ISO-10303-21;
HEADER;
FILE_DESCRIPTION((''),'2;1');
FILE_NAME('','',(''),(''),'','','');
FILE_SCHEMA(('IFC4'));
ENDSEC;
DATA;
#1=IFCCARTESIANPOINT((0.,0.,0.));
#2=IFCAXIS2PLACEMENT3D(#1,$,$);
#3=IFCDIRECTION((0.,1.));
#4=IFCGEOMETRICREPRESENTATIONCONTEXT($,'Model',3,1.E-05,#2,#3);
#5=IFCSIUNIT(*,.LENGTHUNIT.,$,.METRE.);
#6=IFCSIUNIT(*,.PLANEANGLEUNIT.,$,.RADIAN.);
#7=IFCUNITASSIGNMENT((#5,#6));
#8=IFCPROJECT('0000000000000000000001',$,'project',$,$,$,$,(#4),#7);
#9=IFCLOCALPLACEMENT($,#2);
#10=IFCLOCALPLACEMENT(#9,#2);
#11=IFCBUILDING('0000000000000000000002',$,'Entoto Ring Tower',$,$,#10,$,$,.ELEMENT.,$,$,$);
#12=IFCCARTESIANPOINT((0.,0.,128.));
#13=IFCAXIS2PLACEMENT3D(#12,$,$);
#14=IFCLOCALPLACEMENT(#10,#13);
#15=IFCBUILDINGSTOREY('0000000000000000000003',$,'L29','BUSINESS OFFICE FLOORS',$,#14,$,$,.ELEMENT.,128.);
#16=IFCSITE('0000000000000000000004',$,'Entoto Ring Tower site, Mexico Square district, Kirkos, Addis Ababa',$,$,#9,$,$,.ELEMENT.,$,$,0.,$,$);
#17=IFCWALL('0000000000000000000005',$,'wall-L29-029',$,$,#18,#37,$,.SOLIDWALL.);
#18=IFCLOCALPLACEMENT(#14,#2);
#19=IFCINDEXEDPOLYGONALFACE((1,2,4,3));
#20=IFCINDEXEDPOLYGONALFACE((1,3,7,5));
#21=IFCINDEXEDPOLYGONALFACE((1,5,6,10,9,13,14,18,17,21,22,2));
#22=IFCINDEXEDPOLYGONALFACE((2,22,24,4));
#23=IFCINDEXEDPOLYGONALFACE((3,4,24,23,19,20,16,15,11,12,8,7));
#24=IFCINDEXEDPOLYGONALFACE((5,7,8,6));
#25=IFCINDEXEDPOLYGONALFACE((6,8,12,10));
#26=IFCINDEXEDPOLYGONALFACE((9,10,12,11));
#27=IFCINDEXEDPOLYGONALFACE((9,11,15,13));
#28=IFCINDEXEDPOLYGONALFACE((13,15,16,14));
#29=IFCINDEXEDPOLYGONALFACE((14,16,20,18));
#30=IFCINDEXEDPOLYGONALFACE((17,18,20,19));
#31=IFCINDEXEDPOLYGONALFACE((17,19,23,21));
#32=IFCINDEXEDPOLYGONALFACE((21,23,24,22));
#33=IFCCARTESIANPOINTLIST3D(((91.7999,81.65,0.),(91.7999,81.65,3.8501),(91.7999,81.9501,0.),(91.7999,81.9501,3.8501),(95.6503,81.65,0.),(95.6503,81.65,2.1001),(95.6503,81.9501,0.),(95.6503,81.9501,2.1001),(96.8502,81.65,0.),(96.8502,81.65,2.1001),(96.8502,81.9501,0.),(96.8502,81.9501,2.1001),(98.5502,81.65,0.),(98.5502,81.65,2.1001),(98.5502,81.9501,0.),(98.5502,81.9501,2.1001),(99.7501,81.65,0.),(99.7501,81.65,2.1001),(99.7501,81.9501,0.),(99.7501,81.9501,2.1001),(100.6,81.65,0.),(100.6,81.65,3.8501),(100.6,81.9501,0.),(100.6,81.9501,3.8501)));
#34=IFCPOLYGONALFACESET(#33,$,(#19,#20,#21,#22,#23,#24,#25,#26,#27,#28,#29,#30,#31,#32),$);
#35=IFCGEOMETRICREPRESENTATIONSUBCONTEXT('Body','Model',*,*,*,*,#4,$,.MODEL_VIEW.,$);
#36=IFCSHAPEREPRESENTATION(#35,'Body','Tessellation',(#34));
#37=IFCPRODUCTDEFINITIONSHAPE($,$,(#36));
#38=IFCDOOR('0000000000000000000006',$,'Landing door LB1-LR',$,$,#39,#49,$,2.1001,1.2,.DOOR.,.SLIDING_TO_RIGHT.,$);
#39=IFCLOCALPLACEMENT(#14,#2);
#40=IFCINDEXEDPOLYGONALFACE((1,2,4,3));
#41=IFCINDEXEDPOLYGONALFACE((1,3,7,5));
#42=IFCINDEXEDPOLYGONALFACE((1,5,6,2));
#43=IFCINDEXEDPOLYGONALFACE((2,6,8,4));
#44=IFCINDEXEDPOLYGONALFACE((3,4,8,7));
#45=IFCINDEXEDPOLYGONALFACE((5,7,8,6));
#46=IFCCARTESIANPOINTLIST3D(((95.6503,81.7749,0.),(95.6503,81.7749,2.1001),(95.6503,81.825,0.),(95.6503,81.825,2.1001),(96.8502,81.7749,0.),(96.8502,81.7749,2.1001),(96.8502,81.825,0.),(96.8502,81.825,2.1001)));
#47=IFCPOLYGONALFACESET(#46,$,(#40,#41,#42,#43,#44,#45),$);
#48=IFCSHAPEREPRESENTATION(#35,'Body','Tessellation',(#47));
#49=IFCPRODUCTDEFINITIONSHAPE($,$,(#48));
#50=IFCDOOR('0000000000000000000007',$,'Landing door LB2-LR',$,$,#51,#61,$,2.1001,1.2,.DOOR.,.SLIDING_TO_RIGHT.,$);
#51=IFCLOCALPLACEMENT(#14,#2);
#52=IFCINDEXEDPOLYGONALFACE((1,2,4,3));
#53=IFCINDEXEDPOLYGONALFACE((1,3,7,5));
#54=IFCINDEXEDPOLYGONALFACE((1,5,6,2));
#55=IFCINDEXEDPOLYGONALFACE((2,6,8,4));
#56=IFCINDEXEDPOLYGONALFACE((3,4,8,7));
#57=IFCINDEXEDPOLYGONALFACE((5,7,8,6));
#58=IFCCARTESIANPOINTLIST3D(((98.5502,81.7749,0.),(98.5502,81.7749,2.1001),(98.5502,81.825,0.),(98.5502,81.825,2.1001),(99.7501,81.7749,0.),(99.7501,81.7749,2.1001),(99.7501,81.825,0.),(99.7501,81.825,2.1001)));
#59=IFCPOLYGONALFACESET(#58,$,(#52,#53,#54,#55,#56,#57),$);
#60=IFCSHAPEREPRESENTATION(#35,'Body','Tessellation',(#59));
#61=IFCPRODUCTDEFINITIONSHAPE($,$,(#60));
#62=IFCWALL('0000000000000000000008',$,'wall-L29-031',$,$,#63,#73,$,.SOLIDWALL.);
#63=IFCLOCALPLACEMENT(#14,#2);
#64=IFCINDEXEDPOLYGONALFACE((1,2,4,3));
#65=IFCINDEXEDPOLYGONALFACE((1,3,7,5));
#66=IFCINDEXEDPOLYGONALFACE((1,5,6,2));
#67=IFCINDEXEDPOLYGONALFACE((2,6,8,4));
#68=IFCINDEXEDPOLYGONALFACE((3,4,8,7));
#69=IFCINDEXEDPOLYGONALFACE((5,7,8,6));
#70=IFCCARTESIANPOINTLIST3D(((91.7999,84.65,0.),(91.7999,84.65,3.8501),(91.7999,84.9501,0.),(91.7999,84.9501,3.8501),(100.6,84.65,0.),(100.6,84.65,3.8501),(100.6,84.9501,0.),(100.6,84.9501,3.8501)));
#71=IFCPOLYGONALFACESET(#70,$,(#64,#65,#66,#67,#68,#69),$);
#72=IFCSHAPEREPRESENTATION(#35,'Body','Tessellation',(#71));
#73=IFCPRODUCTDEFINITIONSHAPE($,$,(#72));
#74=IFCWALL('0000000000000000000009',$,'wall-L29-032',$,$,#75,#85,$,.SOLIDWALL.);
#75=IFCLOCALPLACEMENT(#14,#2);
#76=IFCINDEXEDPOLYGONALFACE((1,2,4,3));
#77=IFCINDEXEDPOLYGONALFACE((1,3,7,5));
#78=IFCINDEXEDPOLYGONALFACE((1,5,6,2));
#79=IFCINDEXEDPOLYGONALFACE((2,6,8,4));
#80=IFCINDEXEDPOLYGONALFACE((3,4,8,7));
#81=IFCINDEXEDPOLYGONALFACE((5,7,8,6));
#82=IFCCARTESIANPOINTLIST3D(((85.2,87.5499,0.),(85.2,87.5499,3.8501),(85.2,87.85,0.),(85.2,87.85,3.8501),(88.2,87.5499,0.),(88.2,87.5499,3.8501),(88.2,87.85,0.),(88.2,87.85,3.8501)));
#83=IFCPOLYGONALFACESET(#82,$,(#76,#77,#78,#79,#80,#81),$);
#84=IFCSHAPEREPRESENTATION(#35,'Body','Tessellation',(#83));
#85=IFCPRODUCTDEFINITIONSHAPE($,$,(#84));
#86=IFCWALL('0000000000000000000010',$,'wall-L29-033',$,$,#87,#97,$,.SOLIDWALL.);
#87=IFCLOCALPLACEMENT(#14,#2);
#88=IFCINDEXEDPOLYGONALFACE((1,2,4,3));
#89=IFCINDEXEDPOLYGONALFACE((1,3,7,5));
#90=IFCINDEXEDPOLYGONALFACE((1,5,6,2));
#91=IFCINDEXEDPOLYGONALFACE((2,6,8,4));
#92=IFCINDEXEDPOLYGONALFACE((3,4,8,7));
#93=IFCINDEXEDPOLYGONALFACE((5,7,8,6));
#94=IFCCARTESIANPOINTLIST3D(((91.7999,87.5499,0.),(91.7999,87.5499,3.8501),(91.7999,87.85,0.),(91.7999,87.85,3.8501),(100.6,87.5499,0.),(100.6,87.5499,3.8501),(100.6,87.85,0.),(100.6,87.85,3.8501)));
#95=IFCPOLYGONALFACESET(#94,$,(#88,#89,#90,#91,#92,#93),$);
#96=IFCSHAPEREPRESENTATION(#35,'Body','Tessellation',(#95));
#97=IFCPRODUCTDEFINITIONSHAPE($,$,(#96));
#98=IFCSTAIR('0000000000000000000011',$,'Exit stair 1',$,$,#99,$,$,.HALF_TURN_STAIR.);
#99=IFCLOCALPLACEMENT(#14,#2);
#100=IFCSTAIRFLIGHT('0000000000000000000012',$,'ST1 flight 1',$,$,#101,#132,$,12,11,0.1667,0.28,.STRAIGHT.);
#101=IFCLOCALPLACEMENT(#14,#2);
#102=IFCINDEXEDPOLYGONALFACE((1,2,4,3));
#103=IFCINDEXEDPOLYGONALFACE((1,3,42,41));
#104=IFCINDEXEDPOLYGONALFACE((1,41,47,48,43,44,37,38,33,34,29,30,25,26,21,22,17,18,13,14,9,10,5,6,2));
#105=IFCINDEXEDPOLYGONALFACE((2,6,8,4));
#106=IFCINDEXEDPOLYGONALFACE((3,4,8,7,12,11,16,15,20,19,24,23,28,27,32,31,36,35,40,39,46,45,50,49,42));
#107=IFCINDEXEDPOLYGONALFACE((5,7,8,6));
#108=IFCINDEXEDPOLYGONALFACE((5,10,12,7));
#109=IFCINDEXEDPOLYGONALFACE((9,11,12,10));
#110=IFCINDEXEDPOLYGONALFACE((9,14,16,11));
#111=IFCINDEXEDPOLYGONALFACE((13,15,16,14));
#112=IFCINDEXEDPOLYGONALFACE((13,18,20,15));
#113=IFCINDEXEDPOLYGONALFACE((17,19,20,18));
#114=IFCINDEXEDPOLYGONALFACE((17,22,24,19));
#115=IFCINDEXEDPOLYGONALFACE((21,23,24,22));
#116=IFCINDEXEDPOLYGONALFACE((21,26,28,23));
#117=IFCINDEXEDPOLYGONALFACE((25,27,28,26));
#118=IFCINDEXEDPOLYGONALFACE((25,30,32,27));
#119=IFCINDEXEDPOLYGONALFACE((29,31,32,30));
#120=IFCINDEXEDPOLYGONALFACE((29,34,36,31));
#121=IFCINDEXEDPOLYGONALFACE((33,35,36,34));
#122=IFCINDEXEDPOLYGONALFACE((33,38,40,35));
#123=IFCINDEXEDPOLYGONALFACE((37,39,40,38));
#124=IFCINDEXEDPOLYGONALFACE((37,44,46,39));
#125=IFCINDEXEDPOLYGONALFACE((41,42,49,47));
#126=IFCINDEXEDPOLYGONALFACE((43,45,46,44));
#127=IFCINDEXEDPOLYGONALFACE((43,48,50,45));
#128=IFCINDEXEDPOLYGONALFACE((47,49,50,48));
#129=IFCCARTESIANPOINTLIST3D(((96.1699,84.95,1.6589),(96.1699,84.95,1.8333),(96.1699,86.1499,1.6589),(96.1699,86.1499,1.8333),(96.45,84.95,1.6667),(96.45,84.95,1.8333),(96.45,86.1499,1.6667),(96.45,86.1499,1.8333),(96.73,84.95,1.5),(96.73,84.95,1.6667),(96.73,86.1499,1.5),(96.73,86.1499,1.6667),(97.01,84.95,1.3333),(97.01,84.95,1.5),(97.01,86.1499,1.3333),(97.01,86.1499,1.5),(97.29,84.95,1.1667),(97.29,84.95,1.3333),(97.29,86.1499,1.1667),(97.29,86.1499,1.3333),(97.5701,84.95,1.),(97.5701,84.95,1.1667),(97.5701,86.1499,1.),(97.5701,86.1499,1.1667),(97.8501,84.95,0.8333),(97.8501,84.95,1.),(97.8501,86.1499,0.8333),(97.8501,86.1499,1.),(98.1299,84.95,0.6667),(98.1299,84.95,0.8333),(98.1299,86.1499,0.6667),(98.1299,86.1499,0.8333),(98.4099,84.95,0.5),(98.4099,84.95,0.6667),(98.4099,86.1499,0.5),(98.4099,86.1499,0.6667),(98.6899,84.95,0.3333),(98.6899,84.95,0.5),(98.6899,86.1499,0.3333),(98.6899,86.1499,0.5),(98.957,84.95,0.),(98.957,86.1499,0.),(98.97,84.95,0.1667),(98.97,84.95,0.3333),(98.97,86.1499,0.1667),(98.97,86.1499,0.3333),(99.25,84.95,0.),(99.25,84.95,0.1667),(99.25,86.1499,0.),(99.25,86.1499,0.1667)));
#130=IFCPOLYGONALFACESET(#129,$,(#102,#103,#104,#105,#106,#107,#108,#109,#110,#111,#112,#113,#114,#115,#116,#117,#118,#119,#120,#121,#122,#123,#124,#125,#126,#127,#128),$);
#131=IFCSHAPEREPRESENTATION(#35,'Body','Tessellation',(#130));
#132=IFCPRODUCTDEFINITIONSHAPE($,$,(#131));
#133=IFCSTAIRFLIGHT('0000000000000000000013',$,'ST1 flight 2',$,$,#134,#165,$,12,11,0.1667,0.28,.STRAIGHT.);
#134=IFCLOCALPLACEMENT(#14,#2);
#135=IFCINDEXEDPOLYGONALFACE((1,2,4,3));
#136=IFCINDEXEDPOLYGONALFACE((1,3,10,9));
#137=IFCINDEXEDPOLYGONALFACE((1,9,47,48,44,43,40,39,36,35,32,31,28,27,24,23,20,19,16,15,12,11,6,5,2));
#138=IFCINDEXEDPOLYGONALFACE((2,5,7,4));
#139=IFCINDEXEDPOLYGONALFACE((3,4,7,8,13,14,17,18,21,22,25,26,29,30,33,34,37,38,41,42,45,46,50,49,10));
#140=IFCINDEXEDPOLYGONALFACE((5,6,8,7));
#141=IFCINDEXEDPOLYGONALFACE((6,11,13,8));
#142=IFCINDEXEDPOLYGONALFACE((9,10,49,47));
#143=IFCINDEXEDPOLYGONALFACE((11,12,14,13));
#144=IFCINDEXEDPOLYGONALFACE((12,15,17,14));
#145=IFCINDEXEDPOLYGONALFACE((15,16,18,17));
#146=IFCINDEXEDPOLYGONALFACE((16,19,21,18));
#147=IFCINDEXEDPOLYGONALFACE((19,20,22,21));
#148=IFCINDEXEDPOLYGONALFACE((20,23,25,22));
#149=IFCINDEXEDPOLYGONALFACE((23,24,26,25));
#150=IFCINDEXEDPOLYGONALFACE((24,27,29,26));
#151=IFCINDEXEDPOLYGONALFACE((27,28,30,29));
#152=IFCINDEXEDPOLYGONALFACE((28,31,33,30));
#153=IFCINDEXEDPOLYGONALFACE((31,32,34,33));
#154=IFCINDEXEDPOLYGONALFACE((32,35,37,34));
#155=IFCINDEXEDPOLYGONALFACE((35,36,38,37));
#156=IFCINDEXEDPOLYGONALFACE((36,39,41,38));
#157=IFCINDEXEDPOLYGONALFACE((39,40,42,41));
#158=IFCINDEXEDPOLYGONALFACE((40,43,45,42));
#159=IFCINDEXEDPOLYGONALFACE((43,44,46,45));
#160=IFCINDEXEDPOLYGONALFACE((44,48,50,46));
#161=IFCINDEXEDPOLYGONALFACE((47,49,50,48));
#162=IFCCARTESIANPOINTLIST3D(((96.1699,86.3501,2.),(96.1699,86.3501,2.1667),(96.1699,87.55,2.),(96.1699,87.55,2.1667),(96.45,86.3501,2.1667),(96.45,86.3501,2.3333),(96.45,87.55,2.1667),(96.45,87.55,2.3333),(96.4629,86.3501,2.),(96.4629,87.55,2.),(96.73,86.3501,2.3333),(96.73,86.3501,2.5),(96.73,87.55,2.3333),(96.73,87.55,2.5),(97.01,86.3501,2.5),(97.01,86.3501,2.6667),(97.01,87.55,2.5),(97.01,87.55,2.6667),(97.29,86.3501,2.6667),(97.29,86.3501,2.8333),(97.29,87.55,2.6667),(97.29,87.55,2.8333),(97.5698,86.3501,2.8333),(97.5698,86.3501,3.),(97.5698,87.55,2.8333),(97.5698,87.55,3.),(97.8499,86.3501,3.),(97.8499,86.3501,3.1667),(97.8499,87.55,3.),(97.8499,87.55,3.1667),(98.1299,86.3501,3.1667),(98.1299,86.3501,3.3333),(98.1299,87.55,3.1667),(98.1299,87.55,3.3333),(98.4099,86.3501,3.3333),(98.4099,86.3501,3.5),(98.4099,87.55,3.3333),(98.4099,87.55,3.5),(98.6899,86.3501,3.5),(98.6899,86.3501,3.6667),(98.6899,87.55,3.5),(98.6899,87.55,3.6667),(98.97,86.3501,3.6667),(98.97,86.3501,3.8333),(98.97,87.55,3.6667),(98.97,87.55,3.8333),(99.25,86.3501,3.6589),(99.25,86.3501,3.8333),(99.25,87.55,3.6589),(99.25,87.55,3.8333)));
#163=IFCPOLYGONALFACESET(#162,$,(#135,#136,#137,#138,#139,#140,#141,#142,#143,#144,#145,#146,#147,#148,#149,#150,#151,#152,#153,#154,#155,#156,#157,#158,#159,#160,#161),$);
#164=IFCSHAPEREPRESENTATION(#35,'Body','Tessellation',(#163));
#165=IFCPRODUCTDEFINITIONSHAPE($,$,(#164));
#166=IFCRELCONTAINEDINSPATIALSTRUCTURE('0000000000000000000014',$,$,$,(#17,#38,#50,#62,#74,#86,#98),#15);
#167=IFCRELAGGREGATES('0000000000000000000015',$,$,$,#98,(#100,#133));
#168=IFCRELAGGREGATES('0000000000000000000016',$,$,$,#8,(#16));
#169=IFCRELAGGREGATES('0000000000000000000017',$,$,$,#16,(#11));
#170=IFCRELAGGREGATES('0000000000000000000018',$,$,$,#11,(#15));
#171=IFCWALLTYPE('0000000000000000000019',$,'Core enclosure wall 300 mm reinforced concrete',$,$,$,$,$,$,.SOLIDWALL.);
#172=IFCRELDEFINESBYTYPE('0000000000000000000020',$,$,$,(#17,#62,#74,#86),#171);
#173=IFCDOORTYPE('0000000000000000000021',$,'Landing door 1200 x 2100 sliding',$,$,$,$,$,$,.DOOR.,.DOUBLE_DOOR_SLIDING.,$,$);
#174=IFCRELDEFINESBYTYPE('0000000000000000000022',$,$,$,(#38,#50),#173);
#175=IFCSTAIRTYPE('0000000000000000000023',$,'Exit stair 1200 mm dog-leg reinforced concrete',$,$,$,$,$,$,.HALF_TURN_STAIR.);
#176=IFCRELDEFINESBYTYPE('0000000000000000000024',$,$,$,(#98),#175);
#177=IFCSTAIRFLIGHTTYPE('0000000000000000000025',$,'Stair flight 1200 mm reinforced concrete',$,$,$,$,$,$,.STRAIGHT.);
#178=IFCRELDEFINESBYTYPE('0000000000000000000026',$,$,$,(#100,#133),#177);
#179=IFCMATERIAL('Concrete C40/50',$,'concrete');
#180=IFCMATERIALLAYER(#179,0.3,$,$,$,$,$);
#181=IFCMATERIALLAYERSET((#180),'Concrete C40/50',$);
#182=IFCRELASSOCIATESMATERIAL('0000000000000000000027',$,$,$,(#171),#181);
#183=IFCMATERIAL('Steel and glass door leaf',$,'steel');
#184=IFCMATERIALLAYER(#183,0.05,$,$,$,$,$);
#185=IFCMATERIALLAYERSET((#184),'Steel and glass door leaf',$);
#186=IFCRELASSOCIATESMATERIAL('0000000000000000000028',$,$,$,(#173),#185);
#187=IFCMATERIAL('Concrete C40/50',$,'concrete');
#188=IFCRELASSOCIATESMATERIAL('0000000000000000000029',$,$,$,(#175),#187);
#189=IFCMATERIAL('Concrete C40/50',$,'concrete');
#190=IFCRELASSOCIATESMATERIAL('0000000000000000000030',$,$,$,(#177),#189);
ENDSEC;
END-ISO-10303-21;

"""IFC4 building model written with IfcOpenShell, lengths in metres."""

from ifc_helpers import new_model, si_unit, direction, frame, frame_2d, origin, place, context, subcontext, project, spatial, polyline, rectangle, outline, extrude, material, layer, layer_set, type_object, element, fill, aggregate, save


model = new_model("IFC4")

# Units and contexts
model_context = context("Model", 3, precision=1e-05, world=origin(), true_north=direction((0.0, 1.0)))
body_context = subcontext(model_context, "Body", "Model", "MODEL_VIEW")
ifc_project = project(units=[si_unit("LENGTHUNIT", "METRE"), si_unit("PLANEANGLEUNIT", "RADIAN")], contexts=[model_context])

# Site, building, storey
site_placement = place(None, origin())
site = spatial("IfcSite", under=ifc_project, at=site_placement, Name="Entoto Ring Tower site, Mexico Square district, Kirkos, Addis Ababa", CompositionType="ELEMENT", RefElevation=0.0)
building_placement = place(site_placement, origin())
building = spatial("IfcBuilding", under=site, at=building_placement, Name="Entoto Ring Tower", CompositionType="ELEMENT")
storey_placement = place(building_placement, frame((0.0, 0.0, 128.0)))
storey = spatial("IfcBuildingStorey", under=building, at=storey_placement, Name="L29", Description="BUSINESS OFFICE FLOORS", CompositionType="ELEMENT", Elevation=128.0)

# Shared definitions
ifc_material_1 = material(Name="Concrete C40/50", Category="concrete")
ifc_layer_1 = layer(ifc_material_1, 0.3)
ifc_layer_set_1 = layer_set([ifc_layer_1], Name="Concrete C40/50")
wall_type = type_object("IfcWallType", Name="Core enclosure wall 300 mm reinforced concrete", PredefinedType="SOLIDWALL", material=ifc_layer_set_1)

# Wall, openings, doors
ifc_material_2 = material(Name="Steel and glass door leaf", Category="steel")
ifc_layer_2 = layer(ifc_material_2, 0.05)
ifc_layer_set_2 = layer_set([ifc_layer_2], Name="Steel and glass door leaf")
door_type = type_object("IfcDoorType", Name="Landing door 1200 x 2100 sliding", OperationType="DOUBLE_DOOR_SLIDING", PredefinedType="DOOR", material=ifc_layer_set_2)
wall_1_placement = place(storey_placement, frame((91.8, 81.8, 0.0), z_axis=(0.0, 0.0, 1.0), x_axis=(1.0, 0.0, 0.0)))
wall_1 = element("IfcWall", 1, at=wall_1_placement, inside=storey, type_object=wall_type, Name="wall-L29-029", PredefinedType="SOLIDWALL", context=body_context, shape_type="SweptSolid", body=[
    extrude(rectangle(XDim=8.8, YDim=0.3, at=frame_2d((4.3999, 0.0))), origin(), (0.0, 0.0, 1.0), 3.8501),
])
opening_1_placement = place(wall_1_placement, frame((3.8501, 0.0, 0.0)))
opening_1 = element("IfcOpeningElement", 2, at=opening_1_placement, cuts=wall_1, PredefinedType="OPENING", context=body_context, shape_type="SweptSolid", body=[
    extrude(rectangle(XDim=1.2, YDim=2.1001, at=frame_2d((0.6001, 1.05))), frame((0.0, 0.1602, 0.0), z_axis=(0.0, -1.0, 0.0), x_axis=(1.0, 0.0, 0.0)), (0.0, 0.0, 1.0), 0.3201),
])
opening_2_placement = place(wall_1_placement, frame((6.75, 0.0, 0.0)))
opening_2 = element("IfcOpeningElement", 3, at=opening_2_placement, cuts=wall_1, PredefinedType="OPENING", context=body_context, shape_type="SweptSolid", body=[
    extrude(rectangle(XDim=1.2, YDim=2.1001, at=frame_2d((0.6001, 1.05))), frame((0.0, 0.1602, 0.0), z_axis=(0.0, -1.0, 0.0), x_axis=(1.0, 0.0, 0.0)), (0.0, 0.0, 1.0), 0.3201),
])
door_1_placement = place(opening_1_placement, origin())
door_1 = element("IfcDoor", 4, at=door_1_placement, inside=storey, type_object=door_type, Name="Landing door LB1-LR", OperationType="SLIDING_TO_RIGHT", OverallHeight=2.1001, OverallWidth=1.2, PredefinedType="DOOR", context=body_context, shape_type="SweptSolid", body=[
    extrude(rectangle(XDim=1.2, YDim=2.1001, at=frame_2d((0.6001, 1.05))), frame((0.0, 0.0249, 0.0), z_axis=(0.0, -1.0, 0.0), x_axis=(1.0, 0.0, 0.0)), (0.0, 0.0, 1.0), 0.05),
])
fill(opening_1, door_1)
door_2_placement = place(opening_2_placement, origin())
door_2 = element("IfcDoor", 5, at=door_2_placement, inside=storey, type_object=door_type, Name="Landing door LB2-LR", OperationType="SLIDING_TO_RIGHT", OverallHeight=2.1001, OverallWidth=1.2, PredefinedType="DOOR", context=body_context, shape_type="SweptSolid", body=[
    extrude(rectangle(XDim=1.2, YDim=2.1001, at=frame_2d((0.6001, 1.05))), frame((0.0, 0.0249, 0.0), z_axis=(0.0, -1.0, 0.0), x_axis=(1.0, 0.0, 0.0)), (0.0, 0.0, 1.0), 0.05),
])
fill(opening_2, door_2)

# Walls
wall_2_placement = place(storey_placement, frame((91.8, 84.8, 0.0), z_axis=(0.0, 0.0, 1.0), x_axis=(1.0, 0.0, 0.0)))
element("IfcWall", 6, at=wall_2_placement, inside=storey, type_object=wall_type, Name="wall-L29-031", PredefinedType="SOLIDWALL", context=body_context, shape_type="SweptSolid", body=[
    extrude(rectangle(XDim=8.8, YDim=0.3, at=frame_2d((4.3999, 0.0))), origin(), (0.0, 0.0, 1.0), 3.8501),
])
wall_3_placement = place(storey_placement, frame((85.2, 87.7, 0.0), z_axis=(0.0, 0.0, 1.0), x_axis=(1.0, 0.0, 0.0)))
element("IfcWall", 7, at=wall_3_placement, inside=storey, type_object=wall_type, Name="wall-L29-032", PredefinedType="SOLIDWALL", context=body_context, shape_type="SweptSolid", body=[
    extrude(rectangle(XDim=3.0, YDim=0.3, at=frame_2d((1.5, 0.0))), origin(), (0.0, 0.0, 1.0), 3.8501),
])
wall_4_placement = place(storey_placement, frame((91.8, 87.7, 0.0), z_axis=(0.0, 0.0, 1.0), x_axis=(1.0, 0.0, 0.0)))
element("IfcWall", 8, at=wall_4_placement, inside=storey, type_object=wall_type, Name="wall-L29-033", PredefinedType="SOLIDWALL", context=body_context, shape_type="SweptSolid", body=[
    extrude(rectangle(XDim=8.8, YDim=0.3, at=frame_2d((4.3999, 0.0))), origin(), (0.0, 0.0, 1.0), 3.8501),
])

# Stair, stair flights
ifc_material_3 = material(Name="Concrete C40/50", Category="concrete")
stair_type = type_object("IfcStairType", Name="Exit stair 1200 mm dog-leg reinforced concrete", PredefinedType="HALF_TURN_STAIR", material=ifc_material_3)
stair_placement = place(storey_placement, origin())
stair = element("IfcStair", 9, at=stair_placement, inside=storey, type_object=stair_type, Name="Exit stair 1", PredefinedType="HALF_TURN_STAIR")
ifc_material_4 = material(Name="Concrete C40/50", Category="concrete")
stair_flight_type = type_object("IfcStairFlightType", Name="Stair flight 1200 mm reinforced concrete", PredefinedType="STRAIGHT", material=ifc_material_4)
stair_flight_1_placement = place(storey_placement, frame((99.25, 85.55, 0.0), z_axis=(0.0, 0.0, 1.0), x_axis=(-1.0, 0.0, 0.0)))
stair_flight_1 = element("IfcStairFlight", 10, at=stair_flight_1_placement, type_object=stair_flight_type, Name="ST1 flight 1", NumberOfRisers=12, NumberOfTreads=11, PredefinedType="STRAIGHT", RiserHeight=0.1667, TreadLength=0.28, context=body_context, shape_type="SweptSolid", body=[
    extrude(outline(polyline([(0.0, 0.0), (0.0, 0.1667), (0.28, 0.1667), (0.28, 0.3333), (0.5601, 0.3333), (0.5601, 0.5), (0.8401, 0.5), (0.8401, 0.6667), (1.1201, 0.6667), (1.1201, 0.8333), (1.3999, 0.8333), (1.3999, 1.0), (1.6799, 1.0), (1.6799, 1.1667), (1.96, 1.1667), (1.96, 1.3333), (2.24, 1.3333), (2.24, 1.5), (2.52, 1.5), (2.52, 1.6667), (2.8, 1.6667), (2.8, 1.8333), (3.0801, 1.8333), (3.0801, 2.0), (3.0801, 1.6589), (0.293, 0.0), (0.0, 0.0)])), frame((0.0, 0.6001, 0.0), z_axis=(0.0, -1.0, 0.0), x_axis=(1.0, 0.0, 0.0)), (0.0, 0.0, 1.0), 1.2),
])
stair_flight_2_placement = place(storey_placement, frame((96.1699, 86.95, 2.0), z_axis=(0.0, 0.0, 1.0), x_axis=(1.0, 0.0, 0.0)))
stair_flight_2 = element("IfcStairFlight", 11, at=stair_flight_2_placement, type_object=stair_flight_type, Name="ST1 flight 2", NumberOfRisers=12, NumberOfTreads=11, PredefinedType="STRAIGHT", RiserHeight=0.1667, TreadLength=0.28, context=body_context, shape_type="SweptSolid", body=[
    extrude(outline(polyline([(0.0, 0.0), (0.0, 0.1667), (0.28, 0.1667), (0.28, 0.3333), (0.5601, 0.3333), (0.5601, 0.5), (0.8401, 0.5), (0.8401, 0.6667), (1.1201, 0.6667), (1.1201, 0.8333), (1.3999, 0.8333), (1.3999, 1.0), (1.6799, 1.0), (1.6799, 1.1667), (1.96, 1.1667), (1.96, 1.3333), (2.24, 1.3333), (2.24, 1.5), (2.52, 1.5), (2.52, 1.6667), (2.8, 1.6667), (2.8, 1.8333), (3.0801, 1.8333), (3.0801, 2.0), (3.0801, 1.6589), (0.293, 0.0), (0.0, 0.0)])), frame((0.0, 0.6001, 0.0), z_axis=(0.0, -1.0, 0.0), x_axis=(1.0, 0.0, 0.0)), (0.0, 0.0, 1.0), 1.2),
])
aggregate(stair, [stair_flight_1, stair_flight_2])

save(model, "model.ifc")
